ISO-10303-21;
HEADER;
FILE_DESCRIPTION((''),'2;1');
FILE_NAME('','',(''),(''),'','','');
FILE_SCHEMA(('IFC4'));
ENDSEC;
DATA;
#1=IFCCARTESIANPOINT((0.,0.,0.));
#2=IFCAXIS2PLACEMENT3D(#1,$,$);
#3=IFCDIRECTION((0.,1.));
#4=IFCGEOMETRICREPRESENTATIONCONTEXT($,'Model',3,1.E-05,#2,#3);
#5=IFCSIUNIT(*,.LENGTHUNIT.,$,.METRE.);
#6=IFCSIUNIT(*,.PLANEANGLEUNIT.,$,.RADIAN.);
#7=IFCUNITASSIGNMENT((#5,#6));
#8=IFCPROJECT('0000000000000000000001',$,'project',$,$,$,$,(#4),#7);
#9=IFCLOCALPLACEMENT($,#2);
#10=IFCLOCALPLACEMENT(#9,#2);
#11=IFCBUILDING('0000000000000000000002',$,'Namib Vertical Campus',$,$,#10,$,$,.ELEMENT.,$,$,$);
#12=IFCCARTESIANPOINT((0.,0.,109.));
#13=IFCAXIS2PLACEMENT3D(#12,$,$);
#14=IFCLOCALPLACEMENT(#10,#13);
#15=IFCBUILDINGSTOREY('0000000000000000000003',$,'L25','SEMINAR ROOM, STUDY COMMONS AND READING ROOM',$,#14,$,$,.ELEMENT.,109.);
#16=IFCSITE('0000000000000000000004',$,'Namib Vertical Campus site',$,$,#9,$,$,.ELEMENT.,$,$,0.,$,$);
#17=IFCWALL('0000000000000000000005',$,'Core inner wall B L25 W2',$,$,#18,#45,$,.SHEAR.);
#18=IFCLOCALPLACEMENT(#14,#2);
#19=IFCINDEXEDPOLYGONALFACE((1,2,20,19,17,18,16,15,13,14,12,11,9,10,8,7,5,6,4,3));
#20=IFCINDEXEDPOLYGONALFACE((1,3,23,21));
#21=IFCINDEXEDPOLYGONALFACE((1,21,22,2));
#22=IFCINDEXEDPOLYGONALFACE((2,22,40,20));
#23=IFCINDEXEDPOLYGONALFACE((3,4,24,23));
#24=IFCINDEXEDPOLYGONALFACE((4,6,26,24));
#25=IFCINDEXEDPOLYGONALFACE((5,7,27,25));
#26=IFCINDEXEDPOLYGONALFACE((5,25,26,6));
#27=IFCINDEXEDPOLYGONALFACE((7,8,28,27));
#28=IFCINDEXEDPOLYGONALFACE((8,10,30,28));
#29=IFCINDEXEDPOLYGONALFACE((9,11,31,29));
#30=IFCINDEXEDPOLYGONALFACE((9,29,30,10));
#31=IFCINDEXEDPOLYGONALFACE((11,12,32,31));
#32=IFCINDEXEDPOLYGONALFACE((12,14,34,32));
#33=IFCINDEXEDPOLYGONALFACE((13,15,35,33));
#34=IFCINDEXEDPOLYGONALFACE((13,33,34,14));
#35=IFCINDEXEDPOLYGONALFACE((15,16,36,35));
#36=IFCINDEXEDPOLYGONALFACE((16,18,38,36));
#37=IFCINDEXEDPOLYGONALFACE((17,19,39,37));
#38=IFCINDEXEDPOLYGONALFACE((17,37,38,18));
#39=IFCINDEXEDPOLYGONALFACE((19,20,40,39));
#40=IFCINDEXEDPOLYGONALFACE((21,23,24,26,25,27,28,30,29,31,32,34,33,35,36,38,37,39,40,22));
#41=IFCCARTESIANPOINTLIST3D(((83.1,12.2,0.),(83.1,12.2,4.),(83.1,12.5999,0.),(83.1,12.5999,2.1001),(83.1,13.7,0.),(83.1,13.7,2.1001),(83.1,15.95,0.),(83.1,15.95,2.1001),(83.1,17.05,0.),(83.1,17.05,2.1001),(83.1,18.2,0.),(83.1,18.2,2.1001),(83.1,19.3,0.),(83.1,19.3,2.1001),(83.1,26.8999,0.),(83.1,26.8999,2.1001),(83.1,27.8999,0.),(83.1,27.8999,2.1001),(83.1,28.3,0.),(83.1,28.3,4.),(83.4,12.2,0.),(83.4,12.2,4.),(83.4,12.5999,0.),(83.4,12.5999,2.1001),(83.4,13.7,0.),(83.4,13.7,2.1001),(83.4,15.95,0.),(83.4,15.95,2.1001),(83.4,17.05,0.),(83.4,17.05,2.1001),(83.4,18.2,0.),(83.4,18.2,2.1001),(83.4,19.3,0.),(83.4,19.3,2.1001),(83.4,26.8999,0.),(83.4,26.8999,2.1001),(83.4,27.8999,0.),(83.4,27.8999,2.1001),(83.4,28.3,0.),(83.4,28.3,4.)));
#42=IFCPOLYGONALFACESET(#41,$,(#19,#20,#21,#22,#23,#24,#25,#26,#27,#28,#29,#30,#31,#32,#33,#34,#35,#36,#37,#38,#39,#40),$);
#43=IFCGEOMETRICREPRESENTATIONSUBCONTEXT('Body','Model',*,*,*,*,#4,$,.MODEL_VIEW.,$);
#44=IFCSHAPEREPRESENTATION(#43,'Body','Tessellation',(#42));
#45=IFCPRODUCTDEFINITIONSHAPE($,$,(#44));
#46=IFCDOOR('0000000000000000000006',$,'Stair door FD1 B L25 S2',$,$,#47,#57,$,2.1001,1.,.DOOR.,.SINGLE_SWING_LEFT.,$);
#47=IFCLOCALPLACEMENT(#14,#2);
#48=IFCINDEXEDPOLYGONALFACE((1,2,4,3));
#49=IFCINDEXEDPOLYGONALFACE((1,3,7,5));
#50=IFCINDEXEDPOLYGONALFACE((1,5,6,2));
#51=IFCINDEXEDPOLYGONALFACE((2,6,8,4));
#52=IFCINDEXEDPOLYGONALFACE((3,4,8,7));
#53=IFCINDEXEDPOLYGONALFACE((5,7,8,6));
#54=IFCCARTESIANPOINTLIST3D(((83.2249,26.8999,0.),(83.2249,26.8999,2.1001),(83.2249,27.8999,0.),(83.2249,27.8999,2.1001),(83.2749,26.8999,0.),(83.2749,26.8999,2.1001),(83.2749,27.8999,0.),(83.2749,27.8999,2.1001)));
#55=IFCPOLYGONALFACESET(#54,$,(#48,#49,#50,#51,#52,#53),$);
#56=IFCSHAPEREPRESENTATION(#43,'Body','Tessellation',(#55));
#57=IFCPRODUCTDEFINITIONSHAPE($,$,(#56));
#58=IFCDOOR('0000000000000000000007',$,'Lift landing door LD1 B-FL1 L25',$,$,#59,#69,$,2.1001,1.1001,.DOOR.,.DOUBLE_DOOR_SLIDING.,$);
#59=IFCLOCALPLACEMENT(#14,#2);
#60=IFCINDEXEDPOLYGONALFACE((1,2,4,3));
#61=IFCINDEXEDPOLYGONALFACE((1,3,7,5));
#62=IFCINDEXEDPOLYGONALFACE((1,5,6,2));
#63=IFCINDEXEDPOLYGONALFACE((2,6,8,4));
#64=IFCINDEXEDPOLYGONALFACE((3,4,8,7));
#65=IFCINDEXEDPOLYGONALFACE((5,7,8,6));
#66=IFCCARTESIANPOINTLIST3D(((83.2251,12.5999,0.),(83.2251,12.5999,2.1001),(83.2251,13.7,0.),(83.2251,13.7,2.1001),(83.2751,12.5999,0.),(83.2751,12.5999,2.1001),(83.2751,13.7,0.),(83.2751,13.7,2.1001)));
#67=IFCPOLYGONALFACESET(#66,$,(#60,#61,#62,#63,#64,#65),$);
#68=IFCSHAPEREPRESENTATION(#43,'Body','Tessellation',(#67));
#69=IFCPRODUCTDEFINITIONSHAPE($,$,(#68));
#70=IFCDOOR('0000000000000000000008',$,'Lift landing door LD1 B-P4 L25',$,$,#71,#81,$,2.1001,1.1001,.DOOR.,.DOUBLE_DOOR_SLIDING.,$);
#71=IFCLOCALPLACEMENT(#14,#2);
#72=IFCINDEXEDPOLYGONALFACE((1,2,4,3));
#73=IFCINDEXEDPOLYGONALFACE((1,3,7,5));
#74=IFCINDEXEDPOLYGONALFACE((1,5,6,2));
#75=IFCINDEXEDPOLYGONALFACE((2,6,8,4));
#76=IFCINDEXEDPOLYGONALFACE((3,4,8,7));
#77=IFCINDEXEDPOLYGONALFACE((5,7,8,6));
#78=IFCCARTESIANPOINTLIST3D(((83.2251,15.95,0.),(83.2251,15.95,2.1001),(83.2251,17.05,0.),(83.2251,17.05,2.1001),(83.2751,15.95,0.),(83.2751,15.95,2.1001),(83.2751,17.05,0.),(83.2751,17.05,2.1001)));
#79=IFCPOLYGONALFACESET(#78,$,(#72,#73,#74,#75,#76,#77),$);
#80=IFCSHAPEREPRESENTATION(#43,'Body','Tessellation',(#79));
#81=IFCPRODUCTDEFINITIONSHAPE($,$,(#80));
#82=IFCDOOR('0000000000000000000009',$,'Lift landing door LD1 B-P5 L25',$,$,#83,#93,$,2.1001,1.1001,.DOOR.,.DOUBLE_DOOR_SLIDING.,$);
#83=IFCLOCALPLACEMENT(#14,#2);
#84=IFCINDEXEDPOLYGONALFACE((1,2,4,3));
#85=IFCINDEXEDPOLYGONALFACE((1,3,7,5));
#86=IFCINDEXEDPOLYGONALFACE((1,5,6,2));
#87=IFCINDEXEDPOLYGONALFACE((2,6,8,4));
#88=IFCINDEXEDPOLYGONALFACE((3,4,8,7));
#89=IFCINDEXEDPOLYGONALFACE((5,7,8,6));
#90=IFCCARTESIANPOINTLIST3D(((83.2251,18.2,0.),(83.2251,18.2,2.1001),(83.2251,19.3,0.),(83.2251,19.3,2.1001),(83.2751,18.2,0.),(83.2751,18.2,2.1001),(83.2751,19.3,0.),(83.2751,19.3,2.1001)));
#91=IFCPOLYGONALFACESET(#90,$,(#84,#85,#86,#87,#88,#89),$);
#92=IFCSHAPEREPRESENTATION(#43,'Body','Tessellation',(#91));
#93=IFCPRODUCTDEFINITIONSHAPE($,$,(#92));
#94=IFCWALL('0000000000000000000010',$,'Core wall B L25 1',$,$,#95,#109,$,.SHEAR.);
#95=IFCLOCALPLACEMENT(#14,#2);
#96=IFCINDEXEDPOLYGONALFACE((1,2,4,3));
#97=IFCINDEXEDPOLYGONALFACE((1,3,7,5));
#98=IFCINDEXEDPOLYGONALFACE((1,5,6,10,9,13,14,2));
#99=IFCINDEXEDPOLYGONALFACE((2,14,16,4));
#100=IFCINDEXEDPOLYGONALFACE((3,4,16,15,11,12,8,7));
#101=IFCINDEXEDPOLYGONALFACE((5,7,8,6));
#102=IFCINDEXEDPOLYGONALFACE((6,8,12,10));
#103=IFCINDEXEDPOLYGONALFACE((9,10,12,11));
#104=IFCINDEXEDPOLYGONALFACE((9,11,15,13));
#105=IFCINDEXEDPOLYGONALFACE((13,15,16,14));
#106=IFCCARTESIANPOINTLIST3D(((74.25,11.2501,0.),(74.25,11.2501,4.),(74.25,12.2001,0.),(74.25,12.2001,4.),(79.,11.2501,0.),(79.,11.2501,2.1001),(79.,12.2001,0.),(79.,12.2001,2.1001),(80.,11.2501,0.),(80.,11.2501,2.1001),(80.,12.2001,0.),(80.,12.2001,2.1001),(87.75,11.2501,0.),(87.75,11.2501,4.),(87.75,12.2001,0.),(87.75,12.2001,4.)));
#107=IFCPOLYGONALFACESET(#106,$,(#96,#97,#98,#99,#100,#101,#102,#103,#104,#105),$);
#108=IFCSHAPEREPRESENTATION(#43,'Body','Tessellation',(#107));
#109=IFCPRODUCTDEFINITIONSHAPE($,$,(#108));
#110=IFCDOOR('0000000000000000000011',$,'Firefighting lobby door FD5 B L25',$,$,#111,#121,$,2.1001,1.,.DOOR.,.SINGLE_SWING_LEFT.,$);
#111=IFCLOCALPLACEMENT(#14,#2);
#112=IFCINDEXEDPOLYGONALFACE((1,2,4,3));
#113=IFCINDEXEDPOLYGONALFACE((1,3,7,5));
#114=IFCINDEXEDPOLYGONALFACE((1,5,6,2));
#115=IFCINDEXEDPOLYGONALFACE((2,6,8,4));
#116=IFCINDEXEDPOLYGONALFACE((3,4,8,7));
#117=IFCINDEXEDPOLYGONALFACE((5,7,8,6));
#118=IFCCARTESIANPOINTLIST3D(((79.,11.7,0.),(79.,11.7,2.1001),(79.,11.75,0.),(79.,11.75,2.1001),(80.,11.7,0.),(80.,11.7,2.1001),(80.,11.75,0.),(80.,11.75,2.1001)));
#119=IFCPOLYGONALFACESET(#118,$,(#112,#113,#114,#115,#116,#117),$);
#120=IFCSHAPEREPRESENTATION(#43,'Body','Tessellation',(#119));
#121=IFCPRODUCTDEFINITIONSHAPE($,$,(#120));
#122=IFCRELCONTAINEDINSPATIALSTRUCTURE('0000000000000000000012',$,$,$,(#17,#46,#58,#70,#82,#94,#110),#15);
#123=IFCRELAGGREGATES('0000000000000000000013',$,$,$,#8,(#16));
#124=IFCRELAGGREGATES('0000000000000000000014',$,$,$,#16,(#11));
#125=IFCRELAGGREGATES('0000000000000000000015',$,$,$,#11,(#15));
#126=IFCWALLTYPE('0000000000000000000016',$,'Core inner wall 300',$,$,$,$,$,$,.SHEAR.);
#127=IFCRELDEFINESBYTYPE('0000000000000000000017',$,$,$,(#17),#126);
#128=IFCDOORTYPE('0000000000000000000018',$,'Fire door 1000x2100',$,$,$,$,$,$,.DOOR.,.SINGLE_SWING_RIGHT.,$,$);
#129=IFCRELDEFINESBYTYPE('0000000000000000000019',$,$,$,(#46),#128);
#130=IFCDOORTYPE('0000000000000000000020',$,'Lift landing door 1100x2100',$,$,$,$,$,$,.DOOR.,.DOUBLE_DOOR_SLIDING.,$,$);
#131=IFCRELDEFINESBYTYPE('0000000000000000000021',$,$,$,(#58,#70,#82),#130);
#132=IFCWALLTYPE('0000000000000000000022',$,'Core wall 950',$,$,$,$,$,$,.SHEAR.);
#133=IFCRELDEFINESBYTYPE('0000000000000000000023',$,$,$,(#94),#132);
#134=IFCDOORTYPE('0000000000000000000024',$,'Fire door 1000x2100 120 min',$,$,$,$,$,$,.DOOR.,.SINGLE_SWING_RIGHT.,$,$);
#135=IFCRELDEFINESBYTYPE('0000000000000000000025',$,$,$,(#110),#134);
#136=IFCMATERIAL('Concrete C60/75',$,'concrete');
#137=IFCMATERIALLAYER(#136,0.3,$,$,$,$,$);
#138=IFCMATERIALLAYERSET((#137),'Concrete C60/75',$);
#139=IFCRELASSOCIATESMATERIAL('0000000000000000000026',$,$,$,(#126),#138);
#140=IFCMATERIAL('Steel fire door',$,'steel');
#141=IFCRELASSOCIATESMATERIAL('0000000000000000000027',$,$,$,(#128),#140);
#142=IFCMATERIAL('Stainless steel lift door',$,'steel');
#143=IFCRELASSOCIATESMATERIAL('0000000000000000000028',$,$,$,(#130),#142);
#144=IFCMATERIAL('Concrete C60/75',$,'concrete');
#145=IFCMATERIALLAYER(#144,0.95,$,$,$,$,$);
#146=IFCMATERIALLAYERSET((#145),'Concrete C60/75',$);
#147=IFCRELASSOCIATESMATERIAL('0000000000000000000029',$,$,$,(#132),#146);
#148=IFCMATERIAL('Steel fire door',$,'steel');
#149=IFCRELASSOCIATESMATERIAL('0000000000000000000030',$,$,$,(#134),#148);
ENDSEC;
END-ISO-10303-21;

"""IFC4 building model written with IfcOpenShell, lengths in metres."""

from ifc_helpers import new_model, si_unit, direction, frame, frame_2d, origin, place, context, subcontext, project, spatial, rectangle, extrude, material, layer, layer_set, type_object, element, fill, save


model = new_model("IFC4")

# Units and contexts
model_context = context("Model", 3, precision=1e-05, world=origin(), true_north=direction((0.0, 1.0)))
body_context = subcontext(model_context, "Body", "Model", "MODEL_VIEW")
ifc_project = project(units=[si_unit("LENGTHUNIT", "METRE"), si_unit("PLANEANGLEUNIT", "RADIAN")], contexts=[model_context])

# Site, building, storey
site_placement = place(None, origin())
site = spatial("IfcSite", under=ifc_project, at=site_placement, Name="Namib Vertical Campus site", CompositionType="ELEMENT", RefElevation=0.0)
building_placement = place(site_placement, origin())
building = spatial("IfcBuilding", under=site, at=building_placement, Name="Namib Vertical Campus", CompositionType="ELEMENT")
storey_placement = place(building_placement, frame((0.0, 0.0, 109.0)))
storey = spatial("IfcBuildingStorey", under=building, at=storey_placement, Name="L25", Description="SEMINAR ROOM, STUDY COMMONS AND READING ROOM", CompositionType="ELEMENT", Elevation=109.0)

# Wall, openings, doors
ifc_material_1 = material(Name="Concrete C60/75", Category="concrete")
ifc_layer_1 = layer(ifc_material_1, 0.3)
ifc_layer_set_1 = layer_set([ifc_layer_1], Name="Concrete C60/75")
wall_type_1 = type_object("IfcWallType", Name="Core inner wall 300", PredefinedType="SHEAR", material=ifc_layer_set_1)
ifc_material_2 = material(Name="Steel fire door", Category="steel")
door_type_1 = type_object("IfcDoorType", Name="Fire door 1000x2100", OperationType="SINGLE_SWING_RIGHT", PredefinedType="DOOR", material=ifc_material_2)
ifc_material_3 = material(Name="Stainless steel lift door", Category="steel")
door_type_2 = type_object("IfcDoorType", Name="Lift landing door 1100x2100", OperationType="DOUBLE_DOOR_SLIDING", PredefinedType="DOOR", material=ifc_material_3)
wall_1_placement = place(storey_placement, frame((83.25, 12.2, 0.0), z_axis=(0.0, 0.0, 1.0), x_axis=(0.0, 1.0, 0.0)))
wall_1 = element("IfcWall", 1, at=wall_1_placement, inside=storey, type_object=wall_type_1, Name="Core inner wall B L25 W2", PredefinedType="SHEAR", context=body_context, shape_type="SweptSolid", body=[
    extrude(rectangle(XDim=16.1001, YDim=0.3, at=frame_2d((8.05, 0.0))), origin(), (0.0, 0.0, 1.0), 4.0),
])
opening_1_placement = place(wall_1_placement, frame((14.7, 0.0, 0.0)))
opening_1 = element("IfcOpeningElement", 2, at=opening_1_placement, cuts=wall_1, PredefinedType="OPENING", context=body_context, shape_type="SweptSolid", body=[
    extrude(rectangle(XDim=1.0, YDim=2.1001, at=frame_2d((0.5, 1.05))), frame((0.0, 0.1599, 0.0), z_axis=(0.0, -1.0, 0.0), x_axis=(1.0, 0.0, 0.0)), (0.0, 0.0, 1.0), 0.3201),
])
opening_2_placement = place(wall_1_placement, frame((0.3999, 0.0, 0.0)))
opening_2 = element("IfcOpeningElement", 3, at=opening_2_placement, cuts=wall_1, PredefinedType="OPENING", context=body_context, shape_type="SweptSolid", body=[
    extrude(rectangle(XDim=1.1001, YDim=2.1001, at=frame_2d((0.55, 1.05))), frame((0.0, 0.1599, 0.0), z_axis=(0.0, -1.0, 0.0), x_axis=(1.0, 0.0, 0.0)), (0.0, 0.0, 1.0), 0.3201),
])
opening_3_placement = place(wall_1_placement, frame((3.75, 0.0, 0.0)))
opening_3 = element("IfcOpeningElement", 4, at=opening_3_placement, cuts=wall_1, PredefinedType="OPENING", context=body_context, shape_type="SweptSolid", body=[
    extrude(rectangle(XDim=1.1001, YDim=2.1001, at=frame_2d((0.55, 1.05))), frame((0.0, 0.1599, 0.0), z_axis=(0.0, -1.0, 0.0), x_axis=(1.0, 0.0, 0.0)), (0.0, 0.0, 1.0), 0.3201),
])
opening_4_placement = place(wall_1_placement, frame((6.0, 0.0, 0.0)))
opening_4 = element("IfcOpeningElement", 5, at=opening_4_placement, cuts=wall_1, PredefinedType="OPENING", context=body_context, shape_type="SweptSolid", body=[
    extrude(rectangle(XDim=1.1001, YDim=2.1001, at=frame_2d((0.55, 1.05))), frame((0.0, 0.1599, 0.0), z_axis=(0.0, -1.0, 0.0), x_axis=(1.0, 0.0, 0.0)), (0.0, 0.0, 1.0), 0.3201),
])
door_1_placement = place(opening_1_placement, frame((1.0, 0.0, 0.0), z_axis=(0.0, 0.0, 1.0), x_axis=(-1.0, 0.0, 0.0)))
door_1 = element("IfcDoor", 6, at=door_1_placement, inside=storey, type_object=door_type_1, Name="Stair door FD1 B L25 S2", OperationType="SINGLE_SWING_LEFT", OverallHeight=2.1001, OverallWidth=1.0, PredefinedType="DOOR", context=body_context, shape_type="SweptSolid", body=[
    extrude(rectangle(XDim=1.0, YDim=2.1001, at=frame_2d((0.5, 1.05))), frame((0.0, 0.0249, 0.0), z_axis=(0.0, -1.0, 0.0), x_axis=(1.0, 0.0, 0.0)), (0.0, 0.0, 1.0), 0.05),
])
fill(opening_1, door_1)
door_2_placement = place(opening_2_placement, origin())
door_2 = element("IfcDoor", 7, at=door_2_placement, inside=storey, type_object=door_type_2, Name="Lift landing door LD1 B-FL1 L25", OperationType="DOUBLE_DOOR_SLIDING", OverallHeight=2.1001, OverallWidth=1.1001, PredefinedType="DOOR", context=body_context, shape_type="SweptSolid", body=[
    extrude(rectangle(XDim=1.1001, YDim=2.1001, at=frame_2d((0.55, 1.05))), frame((0.0, 0.0249, 0.0), z_axis=(0.0, -1.0, 0.0), x_axis=(1.0, 0.0, 0.0)), (0.0, 0.0, 1.0), 0.05),
])
fill(opening_2, door_2)
door_3_placement = place(opening_3_placement, origin())
door_3 = element("IfcDoor", 8, at=door_3_placement, inside=storey, type_object=door_type_2, Name="Lift landing door LD1 B-P4 L25", OperationType="DOUBLE_DOOR_SLIDING", OverallHeight=2.1001, OverallWidth=1.1001, PredefinedType="DOOR", context=body_context, shape_type="SweptSolid", body=[
    extrude(rectangle(XDim=1.1001, YDim=2.1001, at=frame_2d((0.55, 1.05))), frame((0.0, 0.0249, 0.0), z_axis=(0.0, -1.0, 0.0), x_axis=(1.0, 0.0, 0.0)), (0.0, 0.0, 1.0), 0.05),
])
fill(opening_3, door_3)
door_4_placement = place(opening_4_placement, origin())
door_4 = element("IfcDoor", 9, at=door_4_placement, inside=storey, type_object=door_type_2, Name="Lift landing door LD1 B-P5 L25", OperationType="DOUBLE_DOOR_SLIDING", OverallHeight=2.1001, OverallWidth=1.1001, PredefinedType="DOOR", context=body_context, shape_type="SweptSolid", body=[
    extrude(rectangle(XDim=1.1001, YDim=2.1001, at=frame_2d((0.55, 1.05))), frame((0.0, 0.0249, 0.0), z_axis=(0.0, -1.0, 0.0), x_axis=(1.0, 0.0, 0.0)), (0.0, 0.0, 1.0), 0.05),
])
fill(opening_4, door_4)

# Wall, opening, door
ifc_material_4 = material(Name="Concrete C60/75", Category="concrete")
ifc_layer_2 = layer(ifc_material_4, 0.95)
ifc_layer_set_2 = layer_set([ifc_layer_2], Name="Concrete C60/75")
wall_type_2 = type_object("IfcWallType", Name="Core wall 950", PredefinedType="SHEAR", material=ifc_layer_set_2)
wall_2_placement = place(storey_placement, frame((74.25, 11.7251, 0.0), z_axis=(0.0, 0.0, 1.0), x_axis=(1.0, 0.0, 0.0)))
wall_2 = element("IfcWall", 10, at=wall_2_placement, inside=storey, type_object=wall_type_2, Name="Core wall B L25 1", PredefinedType="SHEAR", context=body_context, shape_type="SweptSolid", body=[
    extrude(rectangle(XDim=13.5, YDim=0.95, at=frame_2d((6.75, 0.0))), origin(), (0.0, 0.0, 1.0), 4.0),
])
opening_5_placement = place(wall_2_placement, frame((4.75, 0.0, 0.0)))
opening_5 = element("IfcOpeningElement", 11, at=opening_5_placement, cuts=wall_2, PredefinedType="OPENING", context=body_context, shape_type="SweptSolid", body=[
    extrude(rectangle(XDim=1.0, YDim=2.1001, at=frame_2d((0.5, 1.05))), frame((0.0, 0.4849, 0.0), z_axis=(0.0, -1.0, 0.0), x_axis=(1.0, 0.0, 0.0)), (0.0, 0.0, 1.0), 0.97),
])
ifc_material_5 = material(Name="Steel fire door", Category="steel")
door_type_3 = type_object("IfcDoorType", Name="Fire door 1000x2100 120 min", OperationType="SINGLE_SWING_RIGHT", PredefinedType="DOOR", material=ifc_material_5)
door_5_placement = place(opening_5_placement, origin())
door_5 = element("IfcDoor", 12, at=door_5_placement, inside=storey, type_object=door_type_3, Name="Firefighting lobby door FD5 B L25", OperationType="SINGLE_SWING_LEFT", OverallHeight=2.1001, OverallWidth=1.0, PredefinedType="DOOR", context=body_context, shape_type="SweptSolid", body=[
    extrude(rectangle(XDim=1.0, YDim=2.1001, at=frame_2d((0.5, 1.05))), frame((0.0, 0.0249, 0.0), z_axis=(0.0, -1.0, 0.0), x_axis=(1.0, 0.0, 0.0)), (0.0, 0.0, 1.0), 0.05),
])
fill(opening_5, door_5)

save(model, "model.ifc")
